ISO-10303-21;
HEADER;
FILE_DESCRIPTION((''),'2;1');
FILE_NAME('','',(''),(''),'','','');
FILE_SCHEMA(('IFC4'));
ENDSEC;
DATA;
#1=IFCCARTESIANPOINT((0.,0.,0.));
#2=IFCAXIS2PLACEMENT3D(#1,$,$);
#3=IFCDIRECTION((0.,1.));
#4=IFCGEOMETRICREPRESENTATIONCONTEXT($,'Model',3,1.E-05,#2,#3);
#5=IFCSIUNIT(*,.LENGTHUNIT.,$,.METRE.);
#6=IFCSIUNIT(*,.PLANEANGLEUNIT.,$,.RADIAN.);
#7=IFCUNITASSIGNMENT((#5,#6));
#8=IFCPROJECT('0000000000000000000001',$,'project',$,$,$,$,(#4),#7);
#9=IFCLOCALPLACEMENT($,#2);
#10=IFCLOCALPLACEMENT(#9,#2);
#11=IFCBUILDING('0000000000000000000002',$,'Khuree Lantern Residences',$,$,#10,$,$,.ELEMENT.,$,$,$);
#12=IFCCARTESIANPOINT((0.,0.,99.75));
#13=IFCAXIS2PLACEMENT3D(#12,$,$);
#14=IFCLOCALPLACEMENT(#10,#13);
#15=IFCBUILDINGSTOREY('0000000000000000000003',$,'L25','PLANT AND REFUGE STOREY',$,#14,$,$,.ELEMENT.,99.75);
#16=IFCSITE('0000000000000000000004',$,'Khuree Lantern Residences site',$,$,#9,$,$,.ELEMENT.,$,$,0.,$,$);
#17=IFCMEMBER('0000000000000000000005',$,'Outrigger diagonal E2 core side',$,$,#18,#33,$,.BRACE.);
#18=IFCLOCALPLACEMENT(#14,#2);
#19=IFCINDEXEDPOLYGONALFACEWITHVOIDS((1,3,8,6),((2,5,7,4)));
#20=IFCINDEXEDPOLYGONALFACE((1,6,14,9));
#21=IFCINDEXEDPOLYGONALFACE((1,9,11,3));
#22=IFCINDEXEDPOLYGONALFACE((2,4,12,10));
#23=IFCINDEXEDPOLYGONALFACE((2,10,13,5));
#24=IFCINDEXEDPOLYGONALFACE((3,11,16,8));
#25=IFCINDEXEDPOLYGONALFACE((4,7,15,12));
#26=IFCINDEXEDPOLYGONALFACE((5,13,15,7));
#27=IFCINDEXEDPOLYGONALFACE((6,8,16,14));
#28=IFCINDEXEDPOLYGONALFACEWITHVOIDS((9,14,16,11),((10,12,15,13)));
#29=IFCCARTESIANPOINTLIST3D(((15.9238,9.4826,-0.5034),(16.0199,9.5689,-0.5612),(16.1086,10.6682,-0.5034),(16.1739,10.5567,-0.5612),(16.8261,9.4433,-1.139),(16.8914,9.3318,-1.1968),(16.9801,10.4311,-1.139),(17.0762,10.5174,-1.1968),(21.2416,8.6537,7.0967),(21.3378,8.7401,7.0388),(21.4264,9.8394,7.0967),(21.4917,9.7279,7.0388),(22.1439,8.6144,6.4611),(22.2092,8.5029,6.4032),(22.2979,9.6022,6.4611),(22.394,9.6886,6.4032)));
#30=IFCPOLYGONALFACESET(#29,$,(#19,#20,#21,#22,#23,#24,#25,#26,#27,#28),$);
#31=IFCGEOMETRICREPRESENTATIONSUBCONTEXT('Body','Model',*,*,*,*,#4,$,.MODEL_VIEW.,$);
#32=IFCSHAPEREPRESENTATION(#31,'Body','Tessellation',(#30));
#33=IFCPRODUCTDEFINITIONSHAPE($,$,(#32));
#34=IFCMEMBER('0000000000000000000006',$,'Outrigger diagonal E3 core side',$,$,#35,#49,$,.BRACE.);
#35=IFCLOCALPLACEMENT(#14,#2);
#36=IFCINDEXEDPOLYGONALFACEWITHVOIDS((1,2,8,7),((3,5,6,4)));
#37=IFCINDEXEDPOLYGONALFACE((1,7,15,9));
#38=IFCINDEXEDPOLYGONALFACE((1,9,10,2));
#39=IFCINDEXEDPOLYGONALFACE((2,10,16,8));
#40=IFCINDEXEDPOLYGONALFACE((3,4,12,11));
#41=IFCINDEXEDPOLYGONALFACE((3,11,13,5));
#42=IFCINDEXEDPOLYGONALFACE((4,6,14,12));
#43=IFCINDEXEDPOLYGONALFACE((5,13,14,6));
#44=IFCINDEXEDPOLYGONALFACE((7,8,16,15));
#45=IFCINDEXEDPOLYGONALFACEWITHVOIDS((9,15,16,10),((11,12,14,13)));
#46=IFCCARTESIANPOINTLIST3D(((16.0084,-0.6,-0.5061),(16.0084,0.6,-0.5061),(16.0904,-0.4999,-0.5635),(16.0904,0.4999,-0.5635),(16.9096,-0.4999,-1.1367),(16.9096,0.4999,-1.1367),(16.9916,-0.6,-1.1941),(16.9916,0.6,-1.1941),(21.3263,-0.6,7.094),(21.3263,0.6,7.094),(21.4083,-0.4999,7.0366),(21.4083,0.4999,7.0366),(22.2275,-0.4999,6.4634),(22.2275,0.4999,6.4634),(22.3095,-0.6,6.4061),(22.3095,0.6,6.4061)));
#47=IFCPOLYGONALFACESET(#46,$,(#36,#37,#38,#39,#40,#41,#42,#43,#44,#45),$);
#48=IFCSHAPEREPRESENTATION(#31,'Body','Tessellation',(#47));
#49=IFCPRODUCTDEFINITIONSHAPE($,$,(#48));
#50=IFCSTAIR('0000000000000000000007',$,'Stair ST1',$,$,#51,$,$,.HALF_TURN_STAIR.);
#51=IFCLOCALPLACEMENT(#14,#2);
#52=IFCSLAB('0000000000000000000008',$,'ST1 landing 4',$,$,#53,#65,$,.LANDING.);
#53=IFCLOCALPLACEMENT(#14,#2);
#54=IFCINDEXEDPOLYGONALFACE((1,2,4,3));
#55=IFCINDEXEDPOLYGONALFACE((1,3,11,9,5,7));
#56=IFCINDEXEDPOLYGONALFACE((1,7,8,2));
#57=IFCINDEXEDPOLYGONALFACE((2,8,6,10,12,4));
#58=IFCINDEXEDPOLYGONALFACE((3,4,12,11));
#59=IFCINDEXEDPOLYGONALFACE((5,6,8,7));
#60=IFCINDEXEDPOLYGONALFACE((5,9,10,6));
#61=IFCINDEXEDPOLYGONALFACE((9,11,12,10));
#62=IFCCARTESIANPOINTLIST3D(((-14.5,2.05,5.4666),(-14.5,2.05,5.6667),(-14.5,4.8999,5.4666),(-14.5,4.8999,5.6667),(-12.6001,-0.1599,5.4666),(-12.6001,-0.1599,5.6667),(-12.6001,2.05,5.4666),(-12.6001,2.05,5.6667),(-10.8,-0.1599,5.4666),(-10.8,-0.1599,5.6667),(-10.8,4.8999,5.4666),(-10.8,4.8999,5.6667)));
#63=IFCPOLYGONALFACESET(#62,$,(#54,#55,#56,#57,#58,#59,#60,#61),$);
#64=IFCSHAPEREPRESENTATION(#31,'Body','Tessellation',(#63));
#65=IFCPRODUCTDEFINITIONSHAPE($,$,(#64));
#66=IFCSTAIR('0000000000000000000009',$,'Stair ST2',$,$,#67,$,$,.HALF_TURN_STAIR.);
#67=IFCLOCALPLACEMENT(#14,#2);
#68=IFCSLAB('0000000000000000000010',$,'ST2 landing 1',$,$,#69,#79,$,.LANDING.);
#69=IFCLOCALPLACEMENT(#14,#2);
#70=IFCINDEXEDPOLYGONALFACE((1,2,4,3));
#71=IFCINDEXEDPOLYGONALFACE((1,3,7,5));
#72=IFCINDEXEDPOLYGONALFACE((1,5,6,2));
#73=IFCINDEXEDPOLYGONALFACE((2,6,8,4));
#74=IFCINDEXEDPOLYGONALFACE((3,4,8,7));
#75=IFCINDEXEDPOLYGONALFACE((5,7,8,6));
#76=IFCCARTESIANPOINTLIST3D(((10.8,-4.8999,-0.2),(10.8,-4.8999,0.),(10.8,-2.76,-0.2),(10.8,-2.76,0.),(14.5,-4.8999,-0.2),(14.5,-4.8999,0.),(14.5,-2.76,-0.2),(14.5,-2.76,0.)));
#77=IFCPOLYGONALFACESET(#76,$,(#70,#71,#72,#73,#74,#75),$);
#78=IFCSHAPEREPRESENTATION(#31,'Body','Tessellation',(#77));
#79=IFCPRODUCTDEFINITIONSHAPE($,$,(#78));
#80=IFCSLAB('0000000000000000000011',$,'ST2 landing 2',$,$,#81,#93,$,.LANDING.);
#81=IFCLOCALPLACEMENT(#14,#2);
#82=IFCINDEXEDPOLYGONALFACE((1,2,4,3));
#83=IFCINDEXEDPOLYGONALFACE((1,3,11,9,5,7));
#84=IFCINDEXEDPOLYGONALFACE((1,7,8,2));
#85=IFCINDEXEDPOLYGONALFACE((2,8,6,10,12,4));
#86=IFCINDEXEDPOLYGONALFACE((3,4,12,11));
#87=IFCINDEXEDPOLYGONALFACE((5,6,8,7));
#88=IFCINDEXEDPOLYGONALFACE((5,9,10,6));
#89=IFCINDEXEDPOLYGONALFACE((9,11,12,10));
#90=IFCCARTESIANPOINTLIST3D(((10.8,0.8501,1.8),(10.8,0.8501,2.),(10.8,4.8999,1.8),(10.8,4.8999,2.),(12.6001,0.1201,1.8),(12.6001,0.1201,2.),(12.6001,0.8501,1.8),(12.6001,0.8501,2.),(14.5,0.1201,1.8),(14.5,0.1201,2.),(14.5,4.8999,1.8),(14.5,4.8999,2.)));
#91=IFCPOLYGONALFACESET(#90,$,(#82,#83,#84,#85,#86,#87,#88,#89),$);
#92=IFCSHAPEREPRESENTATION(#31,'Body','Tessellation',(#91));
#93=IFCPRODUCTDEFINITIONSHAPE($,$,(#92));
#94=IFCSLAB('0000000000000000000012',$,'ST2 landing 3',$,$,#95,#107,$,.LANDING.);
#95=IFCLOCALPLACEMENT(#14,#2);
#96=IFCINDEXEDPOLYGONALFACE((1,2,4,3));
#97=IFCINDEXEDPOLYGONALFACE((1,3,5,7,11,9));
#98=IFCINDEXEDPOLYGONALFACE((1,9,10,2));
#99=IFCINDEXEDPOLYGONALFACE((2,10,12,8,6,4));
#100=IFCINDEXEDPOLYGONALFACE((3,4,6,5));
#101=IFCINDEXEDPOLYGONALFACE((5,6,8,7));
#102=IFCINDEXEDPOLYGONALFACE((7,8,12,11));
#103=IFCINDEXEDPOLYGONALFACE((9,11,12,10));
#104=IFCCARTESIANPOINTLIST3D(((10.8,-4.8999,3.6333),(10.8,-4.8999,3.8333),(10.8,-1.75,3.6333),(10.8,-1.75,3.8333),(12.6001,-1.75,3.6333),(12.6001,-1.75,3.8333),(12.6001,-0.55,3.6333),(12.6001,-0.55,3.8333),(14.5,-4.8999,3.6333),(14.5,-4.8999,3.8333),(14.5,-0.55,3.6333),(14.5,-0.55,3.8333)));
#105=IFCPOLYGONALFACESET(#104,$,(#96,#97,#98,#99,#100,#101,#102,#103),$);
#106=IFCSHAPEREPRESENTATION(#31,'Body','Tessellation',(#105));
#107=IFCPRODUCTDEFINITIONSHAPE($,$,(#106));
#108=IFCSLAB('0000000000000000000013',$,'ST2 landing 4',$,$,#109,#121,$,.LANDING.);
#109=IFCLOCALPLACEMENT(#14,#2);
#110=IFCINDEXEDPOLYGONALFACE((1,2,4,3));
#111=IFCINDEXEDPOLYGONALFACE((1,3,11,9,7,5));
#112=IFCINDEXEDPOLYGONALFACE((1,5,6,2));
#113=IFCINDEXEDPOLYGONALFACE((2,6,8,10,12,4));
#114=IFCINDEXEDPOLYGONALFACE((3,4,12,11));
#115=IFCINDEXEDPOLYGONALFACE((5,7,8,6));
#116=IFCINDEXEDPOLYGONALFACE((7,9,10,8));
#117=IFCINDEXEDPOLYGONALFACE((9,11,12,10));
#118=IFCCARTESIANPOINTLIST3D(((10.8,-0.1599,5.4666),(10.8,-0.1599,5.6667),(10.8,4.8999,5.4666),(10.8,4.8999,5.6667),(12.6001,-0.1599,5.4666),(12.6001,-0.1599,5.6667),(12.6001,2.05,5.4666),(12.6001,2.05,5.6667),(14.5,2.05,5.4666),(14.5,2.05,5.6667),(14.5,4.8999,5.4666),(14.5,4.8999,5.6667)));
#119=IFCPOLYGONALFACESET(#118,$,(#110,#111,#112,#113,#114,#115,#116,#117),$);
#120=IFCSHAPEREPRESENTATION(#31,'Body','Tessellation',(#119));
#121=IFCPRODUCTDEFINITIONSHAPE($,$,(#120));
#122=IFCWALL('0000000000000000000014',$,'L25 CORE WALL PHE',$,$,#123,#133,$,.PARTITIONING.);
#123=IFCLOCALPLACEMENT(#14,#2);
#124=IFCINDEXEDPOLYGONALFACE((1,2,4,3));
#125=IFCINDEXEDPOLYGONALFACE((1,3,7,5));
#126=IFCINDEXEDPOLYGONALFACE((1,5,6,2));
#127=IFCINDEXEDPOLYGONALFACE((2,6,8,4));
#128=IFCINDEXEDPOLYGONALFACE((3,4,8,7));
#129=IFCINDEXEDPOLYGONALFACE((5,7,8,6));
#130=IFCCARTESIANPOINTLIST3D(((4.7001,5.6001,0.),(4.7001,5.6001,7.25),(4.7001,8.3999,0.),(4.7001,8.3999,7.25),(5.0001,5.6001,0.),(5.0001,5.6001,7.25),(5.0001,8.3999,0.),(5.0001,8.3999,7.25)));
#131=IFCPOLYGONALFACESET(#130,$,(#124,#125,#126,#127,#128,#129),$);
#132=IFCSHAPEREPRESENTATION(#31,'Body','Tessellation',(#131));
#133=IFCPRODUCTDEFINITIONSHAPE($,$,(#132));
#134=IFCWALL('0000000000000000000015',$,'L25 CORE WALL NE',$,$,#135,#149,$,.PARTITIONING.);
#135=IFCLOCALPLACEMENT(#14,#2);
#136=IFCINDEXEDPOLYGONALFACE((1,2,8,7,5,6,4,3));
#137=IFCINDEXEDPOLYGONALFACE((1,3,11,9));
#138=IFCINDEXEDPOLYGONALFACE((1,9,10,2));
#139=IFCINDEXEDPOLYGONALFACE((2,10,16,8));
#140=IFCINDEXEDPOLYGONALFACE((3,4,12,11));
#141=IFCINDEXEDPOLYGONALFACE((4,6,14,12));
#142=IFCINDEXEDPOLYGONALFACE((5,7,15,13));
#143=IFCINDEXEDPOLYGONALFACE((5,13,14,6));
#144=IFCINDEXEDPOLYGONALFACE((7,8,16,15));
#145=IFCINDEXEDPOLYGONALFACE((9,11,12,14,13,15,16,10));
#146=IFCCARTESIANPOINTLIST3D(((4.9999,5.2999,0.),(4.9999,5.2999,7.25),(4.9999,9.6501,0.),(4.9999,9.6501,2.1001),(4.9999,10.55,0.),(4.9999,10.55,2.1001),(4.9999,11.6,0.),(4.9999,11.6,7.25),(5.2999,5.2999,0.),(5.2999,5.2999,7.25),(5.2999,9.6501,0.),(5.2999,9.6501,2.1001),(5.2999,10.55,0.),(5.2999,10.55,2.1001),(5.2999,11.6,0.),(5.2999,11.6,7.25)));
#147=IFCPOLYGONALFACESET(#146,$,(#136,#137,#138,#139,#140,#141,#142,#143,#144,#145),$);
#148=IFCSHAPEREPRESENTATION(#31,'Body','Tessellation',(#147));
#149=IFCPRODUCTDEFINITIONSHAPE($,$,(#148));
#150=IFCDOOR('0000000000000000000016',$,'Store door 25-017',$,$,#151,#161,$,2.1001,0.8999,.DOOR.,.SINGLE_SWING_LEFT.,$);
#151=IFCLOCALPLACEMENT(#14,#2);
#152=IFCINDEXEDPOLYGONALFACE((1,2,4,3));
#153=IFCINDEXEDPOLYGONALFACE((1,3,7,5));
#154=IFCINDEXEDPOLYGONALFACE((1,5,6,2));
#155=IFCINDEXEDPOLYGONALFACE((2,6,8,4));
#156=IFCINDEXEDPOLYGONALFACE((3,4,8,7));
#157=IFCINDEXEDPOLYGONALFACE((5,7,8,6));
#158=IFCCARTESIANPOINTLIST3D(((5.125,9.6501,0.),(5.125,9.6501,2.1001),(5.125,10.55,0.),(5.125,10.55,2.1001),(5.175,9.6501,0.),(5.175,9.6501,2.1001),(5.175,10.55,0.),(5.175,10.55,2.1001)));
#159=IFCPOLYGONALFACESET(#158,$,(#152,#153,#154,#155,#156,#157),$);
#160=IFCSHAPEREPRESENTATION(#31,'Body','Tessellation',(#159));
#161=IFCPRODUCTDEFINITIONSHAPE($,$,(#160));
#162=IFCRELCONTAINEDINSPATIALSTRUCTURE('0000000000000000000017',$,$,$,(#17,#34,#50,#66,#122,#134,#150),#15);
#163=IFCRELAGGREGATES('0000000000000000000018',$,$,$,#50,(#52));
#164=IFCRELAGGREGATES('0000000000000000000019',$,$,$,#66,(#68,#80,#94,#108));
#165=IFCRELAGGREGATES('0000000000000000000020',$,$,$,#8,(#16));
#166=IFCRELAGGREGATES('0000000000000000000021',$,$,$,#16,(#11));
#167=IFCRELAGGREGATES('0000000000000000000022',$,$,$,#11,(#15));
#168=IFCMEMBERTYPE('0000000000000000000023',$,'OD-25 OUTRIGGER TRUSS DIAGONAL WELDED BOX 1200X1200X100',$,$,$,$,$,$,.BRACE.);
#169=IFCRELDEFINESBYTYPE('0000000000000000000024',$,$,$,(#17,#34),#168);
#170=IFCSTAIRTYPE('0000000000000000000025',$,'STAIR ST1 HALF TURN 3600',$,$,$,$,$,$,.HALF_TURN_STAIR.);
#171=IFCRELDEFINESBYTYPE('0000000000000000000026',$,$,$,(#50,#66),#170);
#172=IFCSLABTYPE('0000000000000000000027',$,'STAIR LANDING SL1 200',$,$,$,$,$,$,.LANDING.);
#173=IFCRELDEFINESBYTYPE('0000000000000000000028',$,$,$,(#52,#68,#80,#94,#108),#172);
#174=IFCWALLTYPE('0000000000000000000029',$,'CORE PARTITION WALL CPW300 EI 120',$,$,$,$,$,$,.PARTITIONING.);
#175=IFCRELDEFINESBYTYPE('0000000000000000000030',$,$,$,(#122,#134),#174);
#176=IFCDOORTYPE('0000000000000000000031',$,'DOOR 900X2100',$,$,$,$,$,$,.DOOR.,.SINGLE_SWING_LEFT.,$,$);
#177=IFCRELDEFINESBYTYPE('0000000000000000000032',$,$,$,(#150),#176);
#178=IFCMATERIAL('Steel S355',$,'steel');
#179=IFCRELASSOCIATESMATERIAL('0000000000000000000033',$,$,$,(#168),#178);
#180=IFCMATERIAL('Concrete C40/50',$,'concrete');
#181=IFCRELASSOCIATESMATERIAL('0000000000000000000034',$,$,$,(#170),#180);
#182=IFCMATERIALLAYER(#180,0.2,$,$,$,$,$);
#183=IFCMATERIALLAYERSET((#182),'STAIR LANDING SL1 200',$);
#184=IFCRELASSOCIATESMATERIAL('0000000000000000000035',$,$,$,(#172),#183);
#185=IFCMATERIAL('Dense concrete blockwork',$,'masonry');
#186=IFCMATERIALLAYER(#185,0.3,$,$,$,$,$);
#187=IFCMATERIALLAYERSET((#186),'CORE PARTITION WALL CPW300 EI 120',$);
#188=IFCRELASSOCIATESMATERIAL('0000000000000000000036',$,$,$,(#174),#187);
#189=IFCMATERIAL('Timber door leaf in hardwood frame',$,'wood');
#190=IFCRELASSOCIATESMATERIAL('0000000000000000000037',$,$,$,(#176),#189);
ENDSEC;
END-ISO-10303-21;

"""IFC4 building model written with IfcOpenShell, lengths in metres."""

from ifc_helpers import new_model, si_unit, direction, frame, frame_2d, origin, origin_2d, place, context, subcontext, project, spatial, polyline, rectangle, hollow_rectangle, outline, extrude, material, layer, layer_set, material_profile, profile_set, type_object, element, fill, aggregate, save


model = new_model("IFC4")

# Units and contexts
model_context = context("Model", 3, precision=1e-05, world=origin(), true_north=direction((0.0, 1.0)))
body_context = subcontext(model_context, "Body", "Model", "MODEL_VIEW")
ifc_project = project(units=[si_unit("LENGTHUNIT", "METRE"), si_unit("PLANEANGLEUNIT", "RADIAN")], contexts=[model_context])

# Site, building, storey
site_placement = place(None, origin())
site = spatial("IfcSite", under=ifc_project, at=site_placement, Name="Khuree Lantern Residences site", CompositionType="ELEMENT", RefElevation=0.0)
building_placement = place(site_placement, origin())
building = spatial("IfcBuilding", under=site, at=building_placement, Name="Khuree Lantern Residences", CompositionType="ELEMENT")
storey_placement = place(building_placement, frame((0.0, 0.0, 99.75)))
storey = spatial("IfcBuildingStorey", under=building, at=storey_placement, Name="L25", Description="PLANT AND REFUGE STOREY", CompositionType="ELEMENT", Elevation=99.75)

# Members
ifc_material_1 = material(Name="Steel S355", Category="steel")
ifc_material_profile = material_profile(ifc_material_1, hollow_rectangle(XDim=1.2, YDim=1.2, WallThickness=0.1001, at=origin_2d()), Name="WELDED BOX 1200X1200X100")
ifc_profile_set = profile_set([ifc_material_profile], Name="Steel S355")
member_type = type_object("IfcMemberType", Name="OD-25 OUTRIGGER TRUSS DIAGONAL WELDED BOX 1200X1200X100", PredefinedType="BRACE", material=ifc_profile_set)
member_1_placement = place(storey_placement, frame((16.5, 10.0, -0.8501), z_axis=(0.571028, -0.089002, 0.816092), x_axis=(0.154003, 0.98807, 0.0)))
element("IfcMember", 1, at=member_1_placement, inside=storey, type_object=member_type, Name="Outrigger diagonal E2 core side", PredefinedType="BRACE", context=body_context, shape_type="SweptSolid", body=[
    extrude(hollow_rectangle(XDim=1.2, YDim=1.2, WallThickness=0.1001, at=origin_2d()), origin(), (0.0, 0.0, 1.0), 9.3127),
])
member_2_placement = place(storey_placement, frame((16.5, 0.0, -0.8501), z_axis=(0.573303, 0.0, 0.819343), x_axis=(0.0, 1.0, 0.0)))
element("IfcMember", 2, at=member_2_placement, inside=storey, type_object=member_type, Name="Outrigger diagonal E3 core side", PredefinedType="BRACE", context=body_context, shape_type="SweptSolid", body=[
    extrude(hollow_rectangle(XDim=1.2, YDim=1.2, WallThickness=0.1001, at=origin_2d()), origin(), (0.0, 0.0, 1.0), 9.2759),
])

# Stair, slab
ifc_material_2 = material(Name="Concrete C40/50", Category="concrete")
stair_type = type_object("IfcStairType", Name="STAIR ST1 HALF TURN 3600", PredefinedType="HALF_TURN_STAIR", material=ifc_material_2)
stair_1_placement = place(storey_placement, origin())
stair_1 = element("IfcStair", 3, at=stair_1_placement, inside=storey, type_object=stair_type, Name="Stair ST1", PredefinedType="HALF_TURN_STAIR")
ifc_layer_1 = layer(ifc_material_2, 0.2)
ifc_layer_set_1 = layer_set([ifc_layer_1], Name="STAIR LANDING SL1 200")
slab_type = type_object("IfcSlabType", Name="STAIR LANDING SL1 200", PredefinedType="LANDING", material=ifc_layer_set_1)
slab_1_placement = place(storey_placement, frame((0.0, 0.0, 5.4666)))
slab_1 = element("IfcSlab", 4, at=slab_1_placement, type_object=slab_type, Name="ST1 landing 4", PredefinedType="LANDING", context=body_context, shape_type="SweptSolid", body=[
    extrude(outline(polyline([(-10.8, 4.8999), (-10.8, -0.1599), (-12.6001, -0.1599), (-12.6001, 2.05), (-14.5, 2.05), (-14.5, 4.8999), (-10.8, 4.8999)])), origin(), (0.0, 0.0, 1.0), 0.2002),
])
aggregate(stair_1, [slab_1])

# Stair, slabs
stair_2_placement = place(storey_placement, origin())
stair_2 = element("IfcStair", 5, at=stair_2_placement, inside=storey, type_object=stair_type, Name="Stair ST2", PredefinedType="HALF_TURN_STAIR")
slab_2_placement = place(storey_placement, frame((0.0, 0.0, -0.2)))
slab_2 = element("IfcSlab", 6, at=slab_2_placement, type_object=slab_type, Name="ST2 landing 1", PredefinedType="LANDING", context=body_context, shape_type="SweptSolid", body=[
    extrude(outline(polyline([(10.8, -4.8999), (14.5, -4.8999), (14.5, -2.76), (10.8, -2.76), (10.8, -4.8999)])), origin(), (0.0, 0.0, 1.0), 0.2),
])
slab_3_placement = place(storey_placement, frame((0.0, 0.0, 1.8)))
slab_3 = element("IfcSlab", 7, at=slab_3_placement, type_object=slab_type, Name="ST2 landing 2", PredefinedType="LANDING", context=body_context, shape_type="SweptSolid", body=[
    extrude(outline(polyline([(14.5, 4.8999), (14.5, 0.1201), (12.6001, 0.1201), (12.6001, 0.8501), (10.8, 0.8501), (10.8, 4.8999), (14.5, 4.8999)])), origin(), (0.0, 0.0, 1.0), 0.2),
])
slab_4_placement = place(storey_placement, frame((0.0, 0.0, 3.6333)))
slab_4 = element("IfcSlab", 8, at=slab_4_placement, type_object=slab_type, Name="ST2 landing 3", PredefinedType="LANDING", context=body_context, shape_type="SweptSolid", body=[
    extrude(outline(polyline([(14.5, -4.8999), (10.8, -4.8999), (10.8, -1.75), (12.6001, -1.75), (12.6001, -0.55), (14.5, -0.55), (14.5, -4.8999)])), origin(), (0.0, 0.0, 1.0), 0.2),
])
slab_5_placement = place(storey_placement, frame((0.0, 0.0, 5.4666)))
slab_5 = element("IfcSlab", 9, at=slab_5_placement, type_object=slab_type, Name="ST2 landing 4", PredefinedType="LANDING", context=body_context, shape_type="SweptSolid", body=[
    extrude(outline(polyline([(12.6001, -0.1599), (10.8, -0.1599), (10.8, 4.8999), (14.5, 4.8999), (14.5, 2.05), (12.6001, 2.05), (12.6001, -0.1599)])), origin(), (0.0, 0.0, 1.0), 0.2002),
])

# Wall
ifc_material_3 = material(Name="Dense concrete blockwork", Category="masonry")
ifc_layer_2 = layer(ifc_material_3, 0.3)
ifc_layer_set_2 = layer_set([ifc_layer_2], Name="CORE PARTITION WALL CPW300 EI 120")
wall_type_1 = type_object("IfcWallType", Name="CORE PARTITION WALL CPW300 EI 120", PredefinedType="PARTITIONING", material=ifc_layer_set_2)
wall_1_placement = place(storey_placement, frame((4.8501, 5.6001, 0.0), z_axis=(0.0, 0.0, 1.0), x_axis=(0.0, 1.0, 0.0)))
element("IfcWall", 10, at=wall_1_placement, inside=storey, type_object=wall_type_1, Name="L25 CORE WALL PHE", PredefinedType="PARTITIONING", context=body_context, shape_type="SweptSolid", body=[
    extrude(rectangle(XDim=2.7998, YDim=0.3, at=frame_2d((1.3999, 0.0))), origin(), (0.0, 0.0, 1.0), 7.25),
])

# Wall, opening, door
wall_2_placement = place(storey_placement, frame((5.1499, 5.3, 0.0), z_axis=(0.0, 0.0, 1.0), x_axis=(0.0, 1.0, 0.0)))
wall_2 = element("IfcWall", 11, at=wall_2_placement, inside=storey, type_object=wall_type_1, Name="L25 CORE WALL NE", PredefinedType="PARTITIONING", context=body_context, shape_type="SweptSolid", body=[
    extrude(rectangle(XDim=6.3, YDim=0.3, at=frame_2d((3.1499, 0.0))), origin(), (0.0, 0.0, 1.0), 7.25),
])
opening_1_placement = place(wall_2_placement, frame((4.3501, 0.0, 0.0)))
opening_1 = element("IfcOpeningElement", 12, at=opening_1_placement, cuts=wall_2, PredefinedType="OPENING", context=body_context, shape_type="SweptSolid", body=[
    extrude(rectangle(XDim=0.8999, YDim=2.1001, at=frame_2d((0.45, 1.05))), frame((0.0, 0.1602, 0.0), z_axis=(0.0, -1.0, 0.0), x_axis=(1.0, 0.0, 0.0)), (0.0, 0.0, 1.0), 0.3201),
])
ifc_material_4 = material(Name="Timber door leaf in hardwood frame", Category="wood")
door_type_1 = type_object("IfcDoorType", Name="DOOR 900X2100", OperationType="SINGLE_SWING_LEFT", PredefinedType="DOOR", material=ifc_material_4)
door_1_placement = place(opening_1_placement, origin())
door_1 = element("IfcDoor", 13, at=door_1_placement, inside=storey, type_object=door_type_1, Name="Store door 25-017", OperationType="SINGLE_SWING_LEFT", OverallHeight=2.1001, OverallWidth=0.8999, PredefinedType="DOOR", context=body_context, shape_type="SweptSolid", body=[
    extrude(rectangle(XDim=0.8999, YDim=2.1001, at=frame_2d((0.45, 1.05))), frame((0.0, 0.0249, 0.0), z_axis=(0.0, -1.0, 0.0), x_axis=(1.0, 0.0, 0.0)), (0.0, 0.0, 1.0), 0.05),
])
fill(opening_1, door_1)

aggregate(stair_2, [slab_2, slab_3, slab_4, slab_5])

save(model, "model.ifc")
